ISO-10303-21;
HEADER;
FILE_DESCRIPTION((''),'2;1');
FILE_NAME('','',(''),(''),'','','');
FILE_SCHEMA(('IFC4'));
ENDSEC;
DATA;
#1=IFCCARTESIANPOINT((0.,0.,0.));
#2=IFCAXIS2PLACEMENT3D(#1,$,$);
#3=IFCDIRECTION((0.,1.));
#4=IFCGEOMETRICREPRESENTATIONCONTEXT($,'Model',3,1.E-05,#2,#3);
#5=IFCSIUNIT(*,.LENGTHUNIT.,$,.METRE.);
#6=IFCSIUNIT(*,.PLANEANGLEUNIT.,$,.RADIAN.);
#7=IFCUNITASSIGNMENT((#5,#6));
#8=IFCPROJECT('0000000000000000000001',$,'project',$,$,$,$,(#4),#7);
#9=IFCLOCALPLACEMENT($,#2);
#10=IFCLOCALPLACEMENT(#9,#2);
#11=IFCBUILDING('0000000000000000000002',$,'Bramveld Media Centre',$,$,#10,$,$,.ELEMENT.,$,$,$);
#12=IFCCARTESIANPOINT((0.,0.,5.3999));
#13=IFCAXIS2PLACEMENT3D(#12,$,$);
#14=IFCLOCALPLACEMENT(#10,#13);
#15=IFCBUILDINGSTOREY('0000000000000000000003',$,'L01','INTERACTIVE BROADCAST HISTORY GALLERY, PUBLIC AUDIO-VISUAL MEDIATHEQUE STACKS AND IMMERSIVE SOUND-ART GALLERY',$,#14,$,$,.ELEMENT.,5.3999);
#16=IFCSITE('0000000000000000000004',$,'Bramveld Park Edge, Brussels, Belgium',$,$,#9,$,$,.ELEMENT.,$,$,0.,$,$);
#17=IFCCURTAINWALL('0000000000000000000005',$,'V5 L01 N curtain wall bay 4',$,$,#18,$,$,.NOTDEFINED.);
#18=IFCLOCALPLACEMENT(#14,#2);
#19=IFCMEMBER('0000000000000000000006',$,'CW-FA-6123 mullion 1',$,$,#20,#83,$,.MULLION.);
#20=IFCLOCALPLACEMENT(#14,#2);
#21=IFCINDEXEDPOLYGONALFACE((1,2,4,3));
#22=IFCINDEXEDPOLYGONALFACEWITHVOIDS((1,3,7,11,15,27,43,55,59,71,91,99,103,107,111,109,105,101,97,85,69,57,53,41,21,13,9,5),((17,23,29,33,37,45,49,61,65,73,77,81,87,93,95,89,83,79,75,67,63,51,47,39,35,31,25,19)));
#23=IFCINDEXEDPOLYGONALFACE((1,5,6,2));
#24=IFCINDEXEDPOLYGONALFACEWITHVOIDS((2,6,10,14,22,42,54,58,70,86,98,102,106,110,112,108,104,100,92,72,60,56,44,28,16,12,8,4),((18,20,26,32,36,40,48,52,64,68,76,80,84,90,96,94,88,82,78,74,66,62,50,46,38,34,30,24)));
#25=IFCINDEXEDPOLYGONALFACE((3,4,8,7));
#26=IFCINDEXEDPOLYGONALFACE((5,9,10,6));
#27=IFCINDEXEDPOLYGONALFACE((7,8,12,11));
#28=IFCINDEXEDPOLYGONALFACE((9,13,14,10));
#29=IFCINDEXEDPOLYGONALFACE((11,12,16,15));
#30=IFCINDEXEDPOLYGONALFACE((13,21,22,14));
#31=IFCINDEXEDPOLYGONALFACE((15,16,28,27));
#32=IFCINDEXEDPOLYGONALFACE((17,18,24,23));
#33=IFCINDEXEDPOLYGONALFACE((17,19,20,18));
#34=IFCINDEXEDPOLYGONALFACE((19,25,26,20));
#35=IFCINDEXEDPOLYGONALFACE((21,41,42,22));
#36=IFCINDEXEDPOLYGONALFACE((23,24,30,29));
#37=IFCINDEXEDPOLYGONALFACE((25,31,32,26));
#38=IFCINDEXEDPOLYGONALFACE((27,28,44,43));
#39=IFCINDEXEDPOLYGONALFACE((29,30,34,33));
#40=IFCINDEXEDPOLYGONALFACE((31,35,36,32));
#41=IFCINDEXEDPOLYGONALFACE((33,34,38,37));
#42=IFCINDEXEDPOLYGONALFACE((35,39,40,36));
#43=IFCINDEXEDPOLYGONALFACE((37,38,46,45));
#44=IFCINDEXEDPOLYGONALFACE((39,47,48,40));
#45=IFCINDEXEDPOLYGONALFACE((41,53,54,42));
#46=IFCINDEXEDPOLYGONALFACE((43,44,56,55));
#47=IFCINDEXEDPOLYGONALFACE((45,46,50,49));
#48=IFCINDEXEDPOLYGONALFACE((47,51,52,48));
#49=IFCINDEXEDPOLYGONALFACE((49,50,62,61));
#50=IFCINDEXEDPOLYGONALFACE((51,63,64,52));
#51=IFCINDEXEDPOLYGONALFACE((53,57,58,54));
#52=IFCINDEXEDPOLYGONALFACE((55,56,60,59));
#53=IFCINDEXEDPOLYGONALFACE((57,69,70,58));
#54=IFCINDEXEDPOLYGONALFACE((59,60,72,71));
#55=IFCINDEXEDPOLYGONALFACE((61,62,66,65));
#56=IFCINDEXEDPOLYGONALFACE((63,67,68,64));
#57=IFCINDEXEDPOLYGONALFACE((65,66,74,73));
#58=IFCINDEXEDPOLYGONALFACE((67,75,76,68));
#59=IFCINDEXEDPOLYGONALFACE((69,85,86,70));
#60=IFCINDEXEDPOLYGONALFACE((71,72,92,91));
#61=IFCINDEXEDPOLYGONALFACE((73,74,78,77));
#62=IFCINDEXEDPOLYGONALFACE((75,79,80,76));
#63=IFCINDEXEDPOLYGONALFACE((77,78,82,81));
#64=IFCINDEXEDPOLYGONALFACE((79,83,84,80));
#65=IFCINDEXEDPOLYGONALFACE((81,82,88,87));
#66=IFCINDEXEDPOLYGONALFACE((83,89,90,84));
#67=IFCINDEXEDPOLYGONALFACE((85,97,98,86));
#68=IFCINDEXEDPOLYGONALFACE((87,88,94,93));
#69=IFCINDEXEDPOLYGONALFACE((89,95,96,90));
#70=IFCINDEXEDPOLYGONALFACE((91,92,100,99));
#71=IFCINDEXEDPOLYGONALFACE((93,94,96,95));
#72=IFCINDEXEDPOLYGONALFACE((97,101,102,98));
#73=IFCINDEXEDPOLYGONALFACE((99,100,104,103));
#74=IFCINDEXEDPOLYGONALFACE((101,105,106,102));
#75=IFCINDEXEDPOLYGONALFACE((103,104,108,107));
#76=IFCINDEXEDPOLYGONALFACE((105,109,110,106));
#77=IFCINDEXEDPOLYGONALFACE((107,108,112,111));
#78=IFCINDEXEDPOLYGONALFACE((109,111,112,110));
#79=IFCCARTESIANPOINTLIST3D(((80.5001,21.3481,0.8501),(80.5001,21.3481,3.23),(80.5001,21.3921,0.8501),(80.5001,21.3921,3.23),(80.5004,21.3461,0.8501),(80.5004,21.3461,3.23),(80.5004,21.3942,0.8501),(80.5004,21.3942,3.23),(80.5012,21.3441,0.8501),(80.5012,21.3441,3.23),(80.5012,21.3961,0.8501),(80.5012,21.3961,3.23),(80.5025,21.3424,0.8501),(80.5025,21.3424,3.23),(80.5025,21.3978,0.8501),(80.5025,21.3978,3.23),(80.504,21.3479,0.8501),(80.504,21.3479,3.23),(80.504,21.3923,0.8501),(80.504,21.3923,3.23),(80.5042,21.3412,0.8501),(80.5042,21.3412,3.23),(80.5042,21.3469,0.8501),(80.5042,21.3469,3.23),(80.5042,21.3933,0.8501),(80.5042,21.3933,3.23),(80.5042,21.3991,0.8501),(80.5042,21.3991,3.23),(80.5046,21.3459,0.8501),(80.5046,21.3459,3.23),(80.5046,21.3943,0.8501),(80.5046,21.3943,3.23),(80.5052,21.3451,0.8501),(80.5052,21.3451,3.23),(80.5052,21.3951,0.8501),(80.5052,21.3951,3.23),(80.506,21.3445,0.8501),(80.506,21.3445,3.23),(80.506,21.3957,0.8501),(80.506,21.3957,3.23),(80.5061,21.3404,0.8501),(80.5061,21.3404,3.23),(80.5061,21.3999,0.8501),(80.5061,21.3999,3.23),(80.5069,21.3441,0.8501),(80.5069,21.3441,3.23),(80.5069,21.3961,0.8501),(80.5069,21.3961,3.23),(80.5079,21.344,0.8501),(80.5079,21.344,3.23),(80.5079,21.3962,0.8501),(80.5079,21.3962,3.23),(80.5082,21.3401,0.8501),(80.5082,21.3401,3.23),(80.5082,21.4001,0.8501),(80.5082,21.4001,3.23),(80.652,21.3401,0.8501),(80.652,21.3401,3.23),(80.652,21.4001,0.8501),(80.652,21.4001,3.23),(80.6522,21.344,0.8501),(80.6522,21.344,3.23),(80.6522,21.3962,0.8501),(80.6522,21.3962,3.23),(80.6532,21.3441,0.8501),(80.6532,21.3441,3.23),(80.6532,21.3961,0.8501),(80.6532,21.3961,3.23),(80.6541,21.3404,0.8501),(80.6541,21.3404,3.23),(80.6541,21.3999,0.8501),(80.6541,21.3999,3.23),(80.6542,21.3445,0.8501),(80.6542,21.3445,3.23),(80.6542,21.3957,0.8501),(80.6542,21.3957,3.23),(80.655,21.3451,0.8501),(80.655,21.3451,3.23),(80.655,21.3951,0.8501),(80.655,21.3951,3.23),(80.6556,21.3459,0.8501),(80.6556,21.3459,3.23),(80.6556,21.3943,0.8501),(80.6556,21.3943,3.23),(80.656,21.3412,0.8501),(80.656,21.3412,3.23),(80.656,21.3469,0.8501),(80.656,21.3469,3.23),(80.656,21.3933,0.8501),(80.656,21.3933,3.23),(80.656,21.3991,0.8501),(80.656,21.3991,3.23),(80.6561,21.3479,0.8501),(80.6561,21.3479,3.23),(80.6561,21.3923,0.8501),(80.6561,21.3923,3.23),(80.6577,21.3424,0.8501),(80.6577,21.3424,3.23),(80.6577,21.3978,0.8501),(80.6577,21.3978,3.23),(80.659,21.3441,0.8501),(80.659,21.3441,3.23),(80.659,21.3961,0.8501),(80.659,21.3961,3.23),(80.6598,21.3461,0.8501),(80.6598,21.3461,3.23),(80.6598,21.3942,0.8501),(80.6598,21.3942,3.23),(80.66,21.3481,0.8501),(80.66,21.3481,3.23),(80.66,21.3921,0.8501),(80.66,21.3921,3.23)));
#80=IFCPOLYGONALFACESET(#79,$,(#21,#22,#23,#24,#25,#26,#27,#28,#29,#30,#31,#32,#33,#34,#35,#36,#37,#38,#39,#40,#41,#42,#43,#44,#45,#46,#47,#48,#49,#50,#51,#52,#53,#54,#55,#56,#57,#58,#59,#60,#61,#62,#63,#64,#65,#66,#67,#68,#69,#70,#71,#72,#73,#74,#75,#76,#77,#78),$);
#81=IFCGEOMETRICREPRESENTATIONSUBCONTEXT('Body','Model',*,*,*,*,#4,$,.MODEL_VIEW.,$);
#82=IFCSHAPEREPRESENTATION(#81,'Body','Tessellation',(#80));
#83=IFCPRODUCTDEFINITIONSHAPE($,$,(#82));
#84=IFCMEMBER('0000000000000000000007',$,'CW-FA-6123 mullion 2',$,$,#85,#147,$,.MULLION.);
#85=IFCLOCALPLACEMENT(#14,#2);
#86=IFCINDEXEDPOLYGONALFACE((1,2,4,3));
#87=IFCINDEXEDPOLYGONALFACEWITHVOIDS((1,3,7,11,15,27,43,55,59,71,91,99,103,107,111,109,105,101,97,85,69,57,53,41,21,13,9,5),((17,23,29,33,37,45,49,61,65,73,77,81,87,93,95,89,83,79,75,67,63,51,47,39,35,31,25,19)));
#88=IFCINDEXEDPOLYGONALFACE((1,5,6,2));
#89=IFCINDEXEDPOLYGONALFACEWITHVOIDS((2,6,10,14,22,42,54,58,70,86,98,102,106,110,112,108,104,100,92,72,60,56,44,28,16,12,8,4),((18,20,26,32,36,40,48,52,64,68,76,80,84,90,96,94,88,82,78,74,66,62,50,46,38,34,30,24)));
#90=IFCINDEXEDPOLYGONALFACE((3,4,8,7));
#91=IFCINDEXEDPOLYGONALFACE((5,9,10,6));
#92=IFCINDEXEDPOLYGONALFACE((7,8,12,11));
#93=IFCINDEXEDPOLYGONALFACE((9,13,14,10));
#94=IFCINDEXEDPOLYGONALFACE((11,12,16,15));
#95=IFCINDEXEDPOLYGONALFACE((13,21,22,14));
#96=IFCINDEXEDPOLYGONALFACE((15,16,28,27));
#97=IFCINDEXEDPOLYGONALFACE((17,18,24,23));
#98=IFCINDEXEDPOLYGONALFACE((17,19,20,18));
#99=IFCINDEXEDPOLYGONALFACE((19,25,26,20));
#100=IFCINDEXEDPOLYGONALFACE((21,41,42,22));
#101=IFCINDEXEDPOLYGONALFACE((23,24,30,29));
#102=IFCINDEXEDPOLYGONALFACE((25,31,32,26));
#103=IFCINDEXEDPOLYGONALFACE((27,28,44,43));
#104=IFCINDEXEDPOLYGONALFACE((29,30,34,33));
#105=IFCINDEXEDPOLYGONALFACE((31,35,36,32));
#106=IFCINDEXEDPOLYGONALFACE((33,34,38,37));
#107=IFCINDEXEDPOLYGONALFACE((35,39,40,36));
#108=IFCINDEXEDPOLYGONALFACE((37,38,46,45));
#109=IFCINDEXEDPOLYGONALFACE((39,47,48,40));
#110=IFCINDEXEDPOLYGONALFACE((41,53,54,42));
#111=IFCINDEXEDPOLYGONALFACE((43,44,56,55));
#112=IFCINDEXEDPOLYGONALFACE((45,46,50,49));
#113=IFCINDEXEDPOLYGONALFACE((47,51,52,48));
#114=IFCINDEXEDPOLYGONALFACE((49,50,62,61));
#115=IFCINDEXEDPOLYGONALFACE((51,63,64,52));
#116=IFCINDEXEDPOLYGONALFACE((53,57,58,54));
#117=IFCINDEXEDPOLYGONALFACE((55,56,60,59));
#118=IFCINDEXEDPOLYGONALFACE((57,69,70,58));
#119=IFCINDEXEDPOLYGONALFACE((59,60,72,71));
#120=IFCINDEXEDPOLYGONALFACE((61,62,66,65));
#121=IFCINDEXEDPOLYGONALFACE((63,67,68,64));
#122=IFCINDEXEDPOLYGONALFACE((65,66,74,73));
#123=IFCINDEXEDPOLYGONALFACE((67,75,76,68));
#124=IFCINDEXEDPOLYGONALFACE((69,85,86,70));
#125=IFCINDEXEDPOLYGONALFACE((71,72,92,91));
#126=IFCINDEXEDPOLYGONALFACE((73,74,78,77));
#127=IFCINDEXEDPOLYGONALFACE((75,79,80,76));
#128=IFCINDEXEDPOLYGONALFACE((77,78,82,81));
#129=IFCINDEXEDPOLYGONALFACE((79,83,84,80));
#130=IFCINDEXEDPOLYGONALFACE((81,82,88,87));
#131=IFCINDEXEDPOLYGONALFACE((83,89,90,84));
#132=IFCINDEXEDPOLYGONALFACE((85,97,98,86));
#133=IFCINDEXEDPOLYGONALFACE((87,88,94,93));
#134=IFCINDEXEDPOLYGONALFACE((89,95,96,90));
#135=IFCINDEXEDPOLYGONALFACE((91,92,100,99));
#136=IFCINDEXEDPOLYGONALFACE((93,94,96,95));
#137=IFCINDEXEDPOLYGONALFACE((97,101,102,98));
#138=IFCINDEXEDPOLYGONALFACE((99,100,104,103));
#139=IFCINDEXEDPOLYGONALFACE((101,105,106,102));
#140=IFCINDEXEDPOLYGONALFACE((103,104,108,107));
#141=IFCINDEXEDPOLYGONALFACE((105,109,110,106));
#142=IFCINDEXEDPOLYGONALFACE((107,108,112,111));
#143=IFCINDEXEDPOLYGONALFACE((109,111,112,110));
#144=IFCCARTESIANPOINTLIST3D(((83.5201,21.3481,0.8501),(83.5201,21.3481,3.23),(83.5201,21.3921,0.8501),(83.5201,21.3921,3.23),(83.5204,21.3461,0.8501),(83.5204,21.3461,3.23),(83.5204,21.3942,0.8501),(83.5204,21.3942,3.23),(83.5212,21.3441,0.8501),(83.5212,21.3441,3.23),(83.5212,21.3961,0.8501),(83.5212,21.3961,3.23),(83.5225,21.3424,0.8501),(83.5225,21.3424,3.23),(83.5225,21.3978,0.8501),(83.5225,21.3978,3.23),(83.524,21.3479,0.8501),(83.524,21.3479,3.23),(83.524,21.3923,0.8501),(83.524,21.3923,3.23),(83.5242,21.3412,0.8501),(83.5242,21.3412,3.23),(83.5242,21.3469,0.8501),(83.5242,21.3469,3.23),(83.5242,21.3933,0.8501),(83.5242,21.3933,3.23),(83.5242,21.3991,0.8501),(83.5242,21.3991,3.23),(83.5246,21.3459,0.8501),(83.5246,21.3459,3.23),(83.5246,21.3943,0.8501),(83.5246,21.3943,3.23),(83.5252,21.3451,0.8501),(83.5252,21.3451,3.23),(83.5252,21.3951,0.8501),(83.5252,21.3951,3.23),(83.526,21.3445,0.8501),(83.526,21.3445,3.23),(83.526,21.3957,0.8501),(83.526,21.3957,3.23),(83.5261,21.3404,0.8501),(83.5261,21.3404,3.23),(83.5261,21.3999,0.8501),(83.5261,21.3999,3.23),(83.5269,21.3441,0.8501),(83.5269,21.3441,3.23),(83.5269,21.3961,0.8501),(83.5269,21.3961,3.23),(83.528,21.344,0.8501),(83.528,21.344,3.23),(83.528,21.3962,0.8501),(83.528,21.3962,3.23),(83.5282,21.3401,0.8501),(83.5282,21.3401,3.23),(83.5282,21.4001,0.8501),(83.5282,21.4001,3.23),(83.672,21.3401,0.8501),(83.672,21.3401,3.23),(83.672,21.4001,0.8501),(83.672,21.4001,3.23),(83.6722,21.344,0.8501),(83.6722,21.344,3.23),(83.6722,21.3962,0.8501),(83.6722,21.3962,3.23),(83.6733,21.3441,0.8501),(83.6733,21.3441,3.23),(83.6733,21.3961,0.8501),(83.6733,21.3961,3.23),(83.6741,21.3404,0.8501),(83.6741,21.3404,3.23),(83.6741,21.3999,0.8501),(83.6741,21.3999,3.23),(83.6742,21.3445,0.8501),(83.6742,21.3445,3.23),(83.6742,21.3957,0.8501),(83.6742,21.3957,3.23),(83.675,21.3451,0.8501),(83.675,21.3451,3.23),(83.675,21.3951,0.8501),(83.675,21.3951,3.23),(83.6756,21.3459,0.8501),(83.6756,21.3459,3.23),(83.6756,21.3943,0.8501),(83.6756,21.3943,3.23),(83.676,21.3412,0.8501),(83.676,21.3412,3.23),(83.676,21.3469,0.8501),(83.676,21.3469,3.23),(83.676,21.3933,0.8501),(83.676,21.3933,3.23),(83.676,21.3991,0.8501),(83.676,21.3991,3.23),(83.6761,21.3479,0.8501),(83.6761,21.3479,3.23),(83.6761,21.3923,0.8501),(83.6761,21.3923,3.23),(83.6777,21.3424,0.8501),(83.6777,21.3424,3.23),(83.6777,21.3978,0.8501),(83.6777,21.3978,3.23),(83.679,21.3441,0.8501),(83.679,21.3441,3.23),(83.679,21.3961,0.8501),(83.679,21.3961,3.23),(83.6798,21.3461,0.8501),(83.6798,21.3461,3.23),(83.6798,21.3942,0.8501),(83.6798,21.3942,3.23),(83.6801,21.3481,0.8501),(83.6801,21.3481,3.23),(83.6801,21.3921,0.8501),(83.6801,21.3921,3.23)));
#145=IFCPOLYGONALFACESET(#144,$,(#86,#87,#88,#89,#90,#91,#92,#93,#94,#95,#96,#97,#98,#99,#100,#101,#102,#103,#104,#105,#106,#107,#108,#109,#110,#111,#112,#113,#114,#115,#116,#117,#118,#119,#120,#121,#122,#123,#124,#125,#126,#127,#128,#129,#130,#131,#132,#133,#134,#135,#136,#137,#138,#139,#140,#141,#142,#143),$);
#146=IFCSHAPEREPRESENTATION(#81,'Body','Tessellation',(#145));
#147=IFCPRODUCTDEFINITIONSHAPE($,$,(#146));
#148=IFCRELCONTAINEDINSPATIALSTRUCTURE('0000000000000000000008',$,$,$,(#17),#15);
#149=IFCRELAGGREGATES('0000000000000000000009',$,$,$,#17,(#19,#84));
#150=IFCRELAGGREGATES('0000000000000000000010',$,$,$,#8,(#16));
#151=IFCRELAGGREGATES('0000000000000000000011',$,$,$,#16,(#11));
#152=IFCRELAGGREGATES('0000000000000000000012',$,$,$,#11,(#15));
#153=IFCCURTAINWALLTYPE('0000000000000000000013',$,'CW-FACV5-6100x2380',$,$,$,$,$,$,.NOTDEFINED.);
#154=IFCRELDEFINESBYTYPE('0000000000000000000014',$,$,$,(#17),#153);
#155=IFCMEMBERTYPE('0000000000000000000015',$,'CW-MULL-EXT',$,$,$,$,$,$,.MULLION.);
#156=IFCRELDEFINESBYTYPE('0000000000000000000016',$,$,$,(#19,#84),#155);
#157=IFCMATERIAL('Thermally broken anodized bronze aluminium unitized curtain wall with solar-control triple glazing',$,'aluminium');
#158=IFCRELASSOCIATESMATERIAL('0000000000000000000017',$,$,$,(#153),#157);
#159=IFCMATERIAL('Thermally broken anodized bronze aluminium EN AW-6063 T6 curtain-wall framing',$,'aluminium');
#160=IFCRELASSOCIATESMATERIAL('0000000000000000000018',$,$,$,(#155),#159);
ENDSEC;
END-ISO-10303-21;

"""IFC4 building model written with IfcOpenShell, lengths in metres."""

from ifc_helpers import new_model, si_unit, direction, frame, origin, origin_2d, place, context, subcontext, project, spatial, hollow_rectangle, extrude, material, material_profile, profile_set, type_object, element, aggregate, save


model = new_model("IFC4")

# Units and contexts
model_context = context("Model", 3, precision=1e-05, world=origin(), true_north=direction((0.0, 1.0)))
body_context = subcontext(model_context, "Body", "Model", "MODEL_VIEW")
ifc_project = project(units=[si_unit("LENGTHUNIT", "METRE"), si_unit("PLANEANGLEUNIT", "RADIAN")], contexts=[model_context])

# Site, building, storey
site_placement = place(None, origin())
site = spatial("IfcSite", under=ifc_project, at=site_placement, Name="Bramveld Park Edge, Brussels, Belgium", CompositionType="ELEMENT", RefElevation=0.0)
building_placement = place(site_placement, origin())
building = spatial("IfcBuilding", under=site, at=building_placement, Name="Bramveld Media Centre", CompositionType="ELEMENT")
storey_placement = place(building_placement, frame((0.0, 0.0, 5.3999)))
storey = spatial("IfcBuildingStorey", under=building, at=storey_placement, Name="L01", Description="INTERACTIVE BROADCAST HISTORY GALLERY, PUBLIC AUDIO-VISUAL MEDIATHEQUE STACKS AND IMMERSIVE SOUND-ART GALLERY", CompositionType="ELEMENT", Elevation=5.3999)

# Curtain wall, members
ifc_material_1 = material(Name="Thermally broken anodized bronze aluminium unitized curtain wall with solar-control triple glazing", Category="aluminium")
curtain_wall_type = type_object("IfcCurtainWallType", Name="CW-FACV5-6100x2380", PredefinedType="NOTDEFINED", material=ifc_material_1)
ifc_material_2 = material(Name="Thermally broken anodized bronze aluminium EN AW-6063 T6 curtain-wall framing", Category="aluminium")
ifc_material_profile_1 = material_profile(ifc_material_2, hollow_rectangle(XDim=0.0601, YDim=0.1599, WallThickness=0.0039, InnerFilletRadius=0.0039, OuterFilletRadius=0.0081, at=origin_2d()), Name="AL-MULL 60x160")
ifc_profile_set_1 = profile_set([ifc_material_profile_1], Name="Thermally broken anodized bronze aluminium EN AW-6063 T6 curtain-wall framing")
member_type_1 = type_object("IfcMemberType", Name="CW-MULL-EXT", PredefinedType="MULLION", material=ifc_profile_set_1)
curtain_wall_1_placement = place(storey_placement, origin())
curtain_wall_1 = element("IfcCurtainWall", 1, at=curtain_wall_1_placement, inside=storey, type_object=curtain_wall_type, Name="V5 L01 N curtain wall bay 4", PredefinedType="NOTDEFINED")
member_1_placement = place(storey_placement, frame((80.5801, 21.3701, 0.8501), z_axis=(0.0, 0.0, 1.0), x_axis=(0.0, 1.0, 0.0)))
member_1 = element("IfcMember", 2, at=member_1_placement, type_object=member_type_1, Name="CW-FA-6123 mullion 1", PredefinedType="MULLION", context=body_context, shape_type="SweptSolid", body=[
    extrude(hollow_rectangle(XDim=0.0601, YDim=0.1599, WallThickness=0.0039, InnerFilletRadius=0.0039, OuterFilletRadius=0.0081, at=origin_2d()), origin(), (0.0, 0.0, 1.0), 2.3799),
])
member_2_placement = place(storey_placement, frame((83.6001, 21.3701, 0.8501), z_axis=(0.0, 0.0, 1.0), x_axis=(0.0, 1.0, 0.0)))
member_2 = element("IfcMember", 3, at=member_2_placement, type_object=member_type_1, Name="CW-FA-6123 mullion 2", PredefinedType="MULLION", context=body_context, shape_type="SweptSolid", body=[
    extrude(hollow_rectangle(XDim=0.0601, YDim=0.1599, WallThickness=0.0039, InnerFilletRadius=0.0039, OuterFilletRadius=0.0081, at=origin_2d()), origin(), (0.0, 0.0, 1.0), 2.3799),
])

aggregate(curtain_wall_1, [member_1, member_2])

save(model, "model.ifc")
